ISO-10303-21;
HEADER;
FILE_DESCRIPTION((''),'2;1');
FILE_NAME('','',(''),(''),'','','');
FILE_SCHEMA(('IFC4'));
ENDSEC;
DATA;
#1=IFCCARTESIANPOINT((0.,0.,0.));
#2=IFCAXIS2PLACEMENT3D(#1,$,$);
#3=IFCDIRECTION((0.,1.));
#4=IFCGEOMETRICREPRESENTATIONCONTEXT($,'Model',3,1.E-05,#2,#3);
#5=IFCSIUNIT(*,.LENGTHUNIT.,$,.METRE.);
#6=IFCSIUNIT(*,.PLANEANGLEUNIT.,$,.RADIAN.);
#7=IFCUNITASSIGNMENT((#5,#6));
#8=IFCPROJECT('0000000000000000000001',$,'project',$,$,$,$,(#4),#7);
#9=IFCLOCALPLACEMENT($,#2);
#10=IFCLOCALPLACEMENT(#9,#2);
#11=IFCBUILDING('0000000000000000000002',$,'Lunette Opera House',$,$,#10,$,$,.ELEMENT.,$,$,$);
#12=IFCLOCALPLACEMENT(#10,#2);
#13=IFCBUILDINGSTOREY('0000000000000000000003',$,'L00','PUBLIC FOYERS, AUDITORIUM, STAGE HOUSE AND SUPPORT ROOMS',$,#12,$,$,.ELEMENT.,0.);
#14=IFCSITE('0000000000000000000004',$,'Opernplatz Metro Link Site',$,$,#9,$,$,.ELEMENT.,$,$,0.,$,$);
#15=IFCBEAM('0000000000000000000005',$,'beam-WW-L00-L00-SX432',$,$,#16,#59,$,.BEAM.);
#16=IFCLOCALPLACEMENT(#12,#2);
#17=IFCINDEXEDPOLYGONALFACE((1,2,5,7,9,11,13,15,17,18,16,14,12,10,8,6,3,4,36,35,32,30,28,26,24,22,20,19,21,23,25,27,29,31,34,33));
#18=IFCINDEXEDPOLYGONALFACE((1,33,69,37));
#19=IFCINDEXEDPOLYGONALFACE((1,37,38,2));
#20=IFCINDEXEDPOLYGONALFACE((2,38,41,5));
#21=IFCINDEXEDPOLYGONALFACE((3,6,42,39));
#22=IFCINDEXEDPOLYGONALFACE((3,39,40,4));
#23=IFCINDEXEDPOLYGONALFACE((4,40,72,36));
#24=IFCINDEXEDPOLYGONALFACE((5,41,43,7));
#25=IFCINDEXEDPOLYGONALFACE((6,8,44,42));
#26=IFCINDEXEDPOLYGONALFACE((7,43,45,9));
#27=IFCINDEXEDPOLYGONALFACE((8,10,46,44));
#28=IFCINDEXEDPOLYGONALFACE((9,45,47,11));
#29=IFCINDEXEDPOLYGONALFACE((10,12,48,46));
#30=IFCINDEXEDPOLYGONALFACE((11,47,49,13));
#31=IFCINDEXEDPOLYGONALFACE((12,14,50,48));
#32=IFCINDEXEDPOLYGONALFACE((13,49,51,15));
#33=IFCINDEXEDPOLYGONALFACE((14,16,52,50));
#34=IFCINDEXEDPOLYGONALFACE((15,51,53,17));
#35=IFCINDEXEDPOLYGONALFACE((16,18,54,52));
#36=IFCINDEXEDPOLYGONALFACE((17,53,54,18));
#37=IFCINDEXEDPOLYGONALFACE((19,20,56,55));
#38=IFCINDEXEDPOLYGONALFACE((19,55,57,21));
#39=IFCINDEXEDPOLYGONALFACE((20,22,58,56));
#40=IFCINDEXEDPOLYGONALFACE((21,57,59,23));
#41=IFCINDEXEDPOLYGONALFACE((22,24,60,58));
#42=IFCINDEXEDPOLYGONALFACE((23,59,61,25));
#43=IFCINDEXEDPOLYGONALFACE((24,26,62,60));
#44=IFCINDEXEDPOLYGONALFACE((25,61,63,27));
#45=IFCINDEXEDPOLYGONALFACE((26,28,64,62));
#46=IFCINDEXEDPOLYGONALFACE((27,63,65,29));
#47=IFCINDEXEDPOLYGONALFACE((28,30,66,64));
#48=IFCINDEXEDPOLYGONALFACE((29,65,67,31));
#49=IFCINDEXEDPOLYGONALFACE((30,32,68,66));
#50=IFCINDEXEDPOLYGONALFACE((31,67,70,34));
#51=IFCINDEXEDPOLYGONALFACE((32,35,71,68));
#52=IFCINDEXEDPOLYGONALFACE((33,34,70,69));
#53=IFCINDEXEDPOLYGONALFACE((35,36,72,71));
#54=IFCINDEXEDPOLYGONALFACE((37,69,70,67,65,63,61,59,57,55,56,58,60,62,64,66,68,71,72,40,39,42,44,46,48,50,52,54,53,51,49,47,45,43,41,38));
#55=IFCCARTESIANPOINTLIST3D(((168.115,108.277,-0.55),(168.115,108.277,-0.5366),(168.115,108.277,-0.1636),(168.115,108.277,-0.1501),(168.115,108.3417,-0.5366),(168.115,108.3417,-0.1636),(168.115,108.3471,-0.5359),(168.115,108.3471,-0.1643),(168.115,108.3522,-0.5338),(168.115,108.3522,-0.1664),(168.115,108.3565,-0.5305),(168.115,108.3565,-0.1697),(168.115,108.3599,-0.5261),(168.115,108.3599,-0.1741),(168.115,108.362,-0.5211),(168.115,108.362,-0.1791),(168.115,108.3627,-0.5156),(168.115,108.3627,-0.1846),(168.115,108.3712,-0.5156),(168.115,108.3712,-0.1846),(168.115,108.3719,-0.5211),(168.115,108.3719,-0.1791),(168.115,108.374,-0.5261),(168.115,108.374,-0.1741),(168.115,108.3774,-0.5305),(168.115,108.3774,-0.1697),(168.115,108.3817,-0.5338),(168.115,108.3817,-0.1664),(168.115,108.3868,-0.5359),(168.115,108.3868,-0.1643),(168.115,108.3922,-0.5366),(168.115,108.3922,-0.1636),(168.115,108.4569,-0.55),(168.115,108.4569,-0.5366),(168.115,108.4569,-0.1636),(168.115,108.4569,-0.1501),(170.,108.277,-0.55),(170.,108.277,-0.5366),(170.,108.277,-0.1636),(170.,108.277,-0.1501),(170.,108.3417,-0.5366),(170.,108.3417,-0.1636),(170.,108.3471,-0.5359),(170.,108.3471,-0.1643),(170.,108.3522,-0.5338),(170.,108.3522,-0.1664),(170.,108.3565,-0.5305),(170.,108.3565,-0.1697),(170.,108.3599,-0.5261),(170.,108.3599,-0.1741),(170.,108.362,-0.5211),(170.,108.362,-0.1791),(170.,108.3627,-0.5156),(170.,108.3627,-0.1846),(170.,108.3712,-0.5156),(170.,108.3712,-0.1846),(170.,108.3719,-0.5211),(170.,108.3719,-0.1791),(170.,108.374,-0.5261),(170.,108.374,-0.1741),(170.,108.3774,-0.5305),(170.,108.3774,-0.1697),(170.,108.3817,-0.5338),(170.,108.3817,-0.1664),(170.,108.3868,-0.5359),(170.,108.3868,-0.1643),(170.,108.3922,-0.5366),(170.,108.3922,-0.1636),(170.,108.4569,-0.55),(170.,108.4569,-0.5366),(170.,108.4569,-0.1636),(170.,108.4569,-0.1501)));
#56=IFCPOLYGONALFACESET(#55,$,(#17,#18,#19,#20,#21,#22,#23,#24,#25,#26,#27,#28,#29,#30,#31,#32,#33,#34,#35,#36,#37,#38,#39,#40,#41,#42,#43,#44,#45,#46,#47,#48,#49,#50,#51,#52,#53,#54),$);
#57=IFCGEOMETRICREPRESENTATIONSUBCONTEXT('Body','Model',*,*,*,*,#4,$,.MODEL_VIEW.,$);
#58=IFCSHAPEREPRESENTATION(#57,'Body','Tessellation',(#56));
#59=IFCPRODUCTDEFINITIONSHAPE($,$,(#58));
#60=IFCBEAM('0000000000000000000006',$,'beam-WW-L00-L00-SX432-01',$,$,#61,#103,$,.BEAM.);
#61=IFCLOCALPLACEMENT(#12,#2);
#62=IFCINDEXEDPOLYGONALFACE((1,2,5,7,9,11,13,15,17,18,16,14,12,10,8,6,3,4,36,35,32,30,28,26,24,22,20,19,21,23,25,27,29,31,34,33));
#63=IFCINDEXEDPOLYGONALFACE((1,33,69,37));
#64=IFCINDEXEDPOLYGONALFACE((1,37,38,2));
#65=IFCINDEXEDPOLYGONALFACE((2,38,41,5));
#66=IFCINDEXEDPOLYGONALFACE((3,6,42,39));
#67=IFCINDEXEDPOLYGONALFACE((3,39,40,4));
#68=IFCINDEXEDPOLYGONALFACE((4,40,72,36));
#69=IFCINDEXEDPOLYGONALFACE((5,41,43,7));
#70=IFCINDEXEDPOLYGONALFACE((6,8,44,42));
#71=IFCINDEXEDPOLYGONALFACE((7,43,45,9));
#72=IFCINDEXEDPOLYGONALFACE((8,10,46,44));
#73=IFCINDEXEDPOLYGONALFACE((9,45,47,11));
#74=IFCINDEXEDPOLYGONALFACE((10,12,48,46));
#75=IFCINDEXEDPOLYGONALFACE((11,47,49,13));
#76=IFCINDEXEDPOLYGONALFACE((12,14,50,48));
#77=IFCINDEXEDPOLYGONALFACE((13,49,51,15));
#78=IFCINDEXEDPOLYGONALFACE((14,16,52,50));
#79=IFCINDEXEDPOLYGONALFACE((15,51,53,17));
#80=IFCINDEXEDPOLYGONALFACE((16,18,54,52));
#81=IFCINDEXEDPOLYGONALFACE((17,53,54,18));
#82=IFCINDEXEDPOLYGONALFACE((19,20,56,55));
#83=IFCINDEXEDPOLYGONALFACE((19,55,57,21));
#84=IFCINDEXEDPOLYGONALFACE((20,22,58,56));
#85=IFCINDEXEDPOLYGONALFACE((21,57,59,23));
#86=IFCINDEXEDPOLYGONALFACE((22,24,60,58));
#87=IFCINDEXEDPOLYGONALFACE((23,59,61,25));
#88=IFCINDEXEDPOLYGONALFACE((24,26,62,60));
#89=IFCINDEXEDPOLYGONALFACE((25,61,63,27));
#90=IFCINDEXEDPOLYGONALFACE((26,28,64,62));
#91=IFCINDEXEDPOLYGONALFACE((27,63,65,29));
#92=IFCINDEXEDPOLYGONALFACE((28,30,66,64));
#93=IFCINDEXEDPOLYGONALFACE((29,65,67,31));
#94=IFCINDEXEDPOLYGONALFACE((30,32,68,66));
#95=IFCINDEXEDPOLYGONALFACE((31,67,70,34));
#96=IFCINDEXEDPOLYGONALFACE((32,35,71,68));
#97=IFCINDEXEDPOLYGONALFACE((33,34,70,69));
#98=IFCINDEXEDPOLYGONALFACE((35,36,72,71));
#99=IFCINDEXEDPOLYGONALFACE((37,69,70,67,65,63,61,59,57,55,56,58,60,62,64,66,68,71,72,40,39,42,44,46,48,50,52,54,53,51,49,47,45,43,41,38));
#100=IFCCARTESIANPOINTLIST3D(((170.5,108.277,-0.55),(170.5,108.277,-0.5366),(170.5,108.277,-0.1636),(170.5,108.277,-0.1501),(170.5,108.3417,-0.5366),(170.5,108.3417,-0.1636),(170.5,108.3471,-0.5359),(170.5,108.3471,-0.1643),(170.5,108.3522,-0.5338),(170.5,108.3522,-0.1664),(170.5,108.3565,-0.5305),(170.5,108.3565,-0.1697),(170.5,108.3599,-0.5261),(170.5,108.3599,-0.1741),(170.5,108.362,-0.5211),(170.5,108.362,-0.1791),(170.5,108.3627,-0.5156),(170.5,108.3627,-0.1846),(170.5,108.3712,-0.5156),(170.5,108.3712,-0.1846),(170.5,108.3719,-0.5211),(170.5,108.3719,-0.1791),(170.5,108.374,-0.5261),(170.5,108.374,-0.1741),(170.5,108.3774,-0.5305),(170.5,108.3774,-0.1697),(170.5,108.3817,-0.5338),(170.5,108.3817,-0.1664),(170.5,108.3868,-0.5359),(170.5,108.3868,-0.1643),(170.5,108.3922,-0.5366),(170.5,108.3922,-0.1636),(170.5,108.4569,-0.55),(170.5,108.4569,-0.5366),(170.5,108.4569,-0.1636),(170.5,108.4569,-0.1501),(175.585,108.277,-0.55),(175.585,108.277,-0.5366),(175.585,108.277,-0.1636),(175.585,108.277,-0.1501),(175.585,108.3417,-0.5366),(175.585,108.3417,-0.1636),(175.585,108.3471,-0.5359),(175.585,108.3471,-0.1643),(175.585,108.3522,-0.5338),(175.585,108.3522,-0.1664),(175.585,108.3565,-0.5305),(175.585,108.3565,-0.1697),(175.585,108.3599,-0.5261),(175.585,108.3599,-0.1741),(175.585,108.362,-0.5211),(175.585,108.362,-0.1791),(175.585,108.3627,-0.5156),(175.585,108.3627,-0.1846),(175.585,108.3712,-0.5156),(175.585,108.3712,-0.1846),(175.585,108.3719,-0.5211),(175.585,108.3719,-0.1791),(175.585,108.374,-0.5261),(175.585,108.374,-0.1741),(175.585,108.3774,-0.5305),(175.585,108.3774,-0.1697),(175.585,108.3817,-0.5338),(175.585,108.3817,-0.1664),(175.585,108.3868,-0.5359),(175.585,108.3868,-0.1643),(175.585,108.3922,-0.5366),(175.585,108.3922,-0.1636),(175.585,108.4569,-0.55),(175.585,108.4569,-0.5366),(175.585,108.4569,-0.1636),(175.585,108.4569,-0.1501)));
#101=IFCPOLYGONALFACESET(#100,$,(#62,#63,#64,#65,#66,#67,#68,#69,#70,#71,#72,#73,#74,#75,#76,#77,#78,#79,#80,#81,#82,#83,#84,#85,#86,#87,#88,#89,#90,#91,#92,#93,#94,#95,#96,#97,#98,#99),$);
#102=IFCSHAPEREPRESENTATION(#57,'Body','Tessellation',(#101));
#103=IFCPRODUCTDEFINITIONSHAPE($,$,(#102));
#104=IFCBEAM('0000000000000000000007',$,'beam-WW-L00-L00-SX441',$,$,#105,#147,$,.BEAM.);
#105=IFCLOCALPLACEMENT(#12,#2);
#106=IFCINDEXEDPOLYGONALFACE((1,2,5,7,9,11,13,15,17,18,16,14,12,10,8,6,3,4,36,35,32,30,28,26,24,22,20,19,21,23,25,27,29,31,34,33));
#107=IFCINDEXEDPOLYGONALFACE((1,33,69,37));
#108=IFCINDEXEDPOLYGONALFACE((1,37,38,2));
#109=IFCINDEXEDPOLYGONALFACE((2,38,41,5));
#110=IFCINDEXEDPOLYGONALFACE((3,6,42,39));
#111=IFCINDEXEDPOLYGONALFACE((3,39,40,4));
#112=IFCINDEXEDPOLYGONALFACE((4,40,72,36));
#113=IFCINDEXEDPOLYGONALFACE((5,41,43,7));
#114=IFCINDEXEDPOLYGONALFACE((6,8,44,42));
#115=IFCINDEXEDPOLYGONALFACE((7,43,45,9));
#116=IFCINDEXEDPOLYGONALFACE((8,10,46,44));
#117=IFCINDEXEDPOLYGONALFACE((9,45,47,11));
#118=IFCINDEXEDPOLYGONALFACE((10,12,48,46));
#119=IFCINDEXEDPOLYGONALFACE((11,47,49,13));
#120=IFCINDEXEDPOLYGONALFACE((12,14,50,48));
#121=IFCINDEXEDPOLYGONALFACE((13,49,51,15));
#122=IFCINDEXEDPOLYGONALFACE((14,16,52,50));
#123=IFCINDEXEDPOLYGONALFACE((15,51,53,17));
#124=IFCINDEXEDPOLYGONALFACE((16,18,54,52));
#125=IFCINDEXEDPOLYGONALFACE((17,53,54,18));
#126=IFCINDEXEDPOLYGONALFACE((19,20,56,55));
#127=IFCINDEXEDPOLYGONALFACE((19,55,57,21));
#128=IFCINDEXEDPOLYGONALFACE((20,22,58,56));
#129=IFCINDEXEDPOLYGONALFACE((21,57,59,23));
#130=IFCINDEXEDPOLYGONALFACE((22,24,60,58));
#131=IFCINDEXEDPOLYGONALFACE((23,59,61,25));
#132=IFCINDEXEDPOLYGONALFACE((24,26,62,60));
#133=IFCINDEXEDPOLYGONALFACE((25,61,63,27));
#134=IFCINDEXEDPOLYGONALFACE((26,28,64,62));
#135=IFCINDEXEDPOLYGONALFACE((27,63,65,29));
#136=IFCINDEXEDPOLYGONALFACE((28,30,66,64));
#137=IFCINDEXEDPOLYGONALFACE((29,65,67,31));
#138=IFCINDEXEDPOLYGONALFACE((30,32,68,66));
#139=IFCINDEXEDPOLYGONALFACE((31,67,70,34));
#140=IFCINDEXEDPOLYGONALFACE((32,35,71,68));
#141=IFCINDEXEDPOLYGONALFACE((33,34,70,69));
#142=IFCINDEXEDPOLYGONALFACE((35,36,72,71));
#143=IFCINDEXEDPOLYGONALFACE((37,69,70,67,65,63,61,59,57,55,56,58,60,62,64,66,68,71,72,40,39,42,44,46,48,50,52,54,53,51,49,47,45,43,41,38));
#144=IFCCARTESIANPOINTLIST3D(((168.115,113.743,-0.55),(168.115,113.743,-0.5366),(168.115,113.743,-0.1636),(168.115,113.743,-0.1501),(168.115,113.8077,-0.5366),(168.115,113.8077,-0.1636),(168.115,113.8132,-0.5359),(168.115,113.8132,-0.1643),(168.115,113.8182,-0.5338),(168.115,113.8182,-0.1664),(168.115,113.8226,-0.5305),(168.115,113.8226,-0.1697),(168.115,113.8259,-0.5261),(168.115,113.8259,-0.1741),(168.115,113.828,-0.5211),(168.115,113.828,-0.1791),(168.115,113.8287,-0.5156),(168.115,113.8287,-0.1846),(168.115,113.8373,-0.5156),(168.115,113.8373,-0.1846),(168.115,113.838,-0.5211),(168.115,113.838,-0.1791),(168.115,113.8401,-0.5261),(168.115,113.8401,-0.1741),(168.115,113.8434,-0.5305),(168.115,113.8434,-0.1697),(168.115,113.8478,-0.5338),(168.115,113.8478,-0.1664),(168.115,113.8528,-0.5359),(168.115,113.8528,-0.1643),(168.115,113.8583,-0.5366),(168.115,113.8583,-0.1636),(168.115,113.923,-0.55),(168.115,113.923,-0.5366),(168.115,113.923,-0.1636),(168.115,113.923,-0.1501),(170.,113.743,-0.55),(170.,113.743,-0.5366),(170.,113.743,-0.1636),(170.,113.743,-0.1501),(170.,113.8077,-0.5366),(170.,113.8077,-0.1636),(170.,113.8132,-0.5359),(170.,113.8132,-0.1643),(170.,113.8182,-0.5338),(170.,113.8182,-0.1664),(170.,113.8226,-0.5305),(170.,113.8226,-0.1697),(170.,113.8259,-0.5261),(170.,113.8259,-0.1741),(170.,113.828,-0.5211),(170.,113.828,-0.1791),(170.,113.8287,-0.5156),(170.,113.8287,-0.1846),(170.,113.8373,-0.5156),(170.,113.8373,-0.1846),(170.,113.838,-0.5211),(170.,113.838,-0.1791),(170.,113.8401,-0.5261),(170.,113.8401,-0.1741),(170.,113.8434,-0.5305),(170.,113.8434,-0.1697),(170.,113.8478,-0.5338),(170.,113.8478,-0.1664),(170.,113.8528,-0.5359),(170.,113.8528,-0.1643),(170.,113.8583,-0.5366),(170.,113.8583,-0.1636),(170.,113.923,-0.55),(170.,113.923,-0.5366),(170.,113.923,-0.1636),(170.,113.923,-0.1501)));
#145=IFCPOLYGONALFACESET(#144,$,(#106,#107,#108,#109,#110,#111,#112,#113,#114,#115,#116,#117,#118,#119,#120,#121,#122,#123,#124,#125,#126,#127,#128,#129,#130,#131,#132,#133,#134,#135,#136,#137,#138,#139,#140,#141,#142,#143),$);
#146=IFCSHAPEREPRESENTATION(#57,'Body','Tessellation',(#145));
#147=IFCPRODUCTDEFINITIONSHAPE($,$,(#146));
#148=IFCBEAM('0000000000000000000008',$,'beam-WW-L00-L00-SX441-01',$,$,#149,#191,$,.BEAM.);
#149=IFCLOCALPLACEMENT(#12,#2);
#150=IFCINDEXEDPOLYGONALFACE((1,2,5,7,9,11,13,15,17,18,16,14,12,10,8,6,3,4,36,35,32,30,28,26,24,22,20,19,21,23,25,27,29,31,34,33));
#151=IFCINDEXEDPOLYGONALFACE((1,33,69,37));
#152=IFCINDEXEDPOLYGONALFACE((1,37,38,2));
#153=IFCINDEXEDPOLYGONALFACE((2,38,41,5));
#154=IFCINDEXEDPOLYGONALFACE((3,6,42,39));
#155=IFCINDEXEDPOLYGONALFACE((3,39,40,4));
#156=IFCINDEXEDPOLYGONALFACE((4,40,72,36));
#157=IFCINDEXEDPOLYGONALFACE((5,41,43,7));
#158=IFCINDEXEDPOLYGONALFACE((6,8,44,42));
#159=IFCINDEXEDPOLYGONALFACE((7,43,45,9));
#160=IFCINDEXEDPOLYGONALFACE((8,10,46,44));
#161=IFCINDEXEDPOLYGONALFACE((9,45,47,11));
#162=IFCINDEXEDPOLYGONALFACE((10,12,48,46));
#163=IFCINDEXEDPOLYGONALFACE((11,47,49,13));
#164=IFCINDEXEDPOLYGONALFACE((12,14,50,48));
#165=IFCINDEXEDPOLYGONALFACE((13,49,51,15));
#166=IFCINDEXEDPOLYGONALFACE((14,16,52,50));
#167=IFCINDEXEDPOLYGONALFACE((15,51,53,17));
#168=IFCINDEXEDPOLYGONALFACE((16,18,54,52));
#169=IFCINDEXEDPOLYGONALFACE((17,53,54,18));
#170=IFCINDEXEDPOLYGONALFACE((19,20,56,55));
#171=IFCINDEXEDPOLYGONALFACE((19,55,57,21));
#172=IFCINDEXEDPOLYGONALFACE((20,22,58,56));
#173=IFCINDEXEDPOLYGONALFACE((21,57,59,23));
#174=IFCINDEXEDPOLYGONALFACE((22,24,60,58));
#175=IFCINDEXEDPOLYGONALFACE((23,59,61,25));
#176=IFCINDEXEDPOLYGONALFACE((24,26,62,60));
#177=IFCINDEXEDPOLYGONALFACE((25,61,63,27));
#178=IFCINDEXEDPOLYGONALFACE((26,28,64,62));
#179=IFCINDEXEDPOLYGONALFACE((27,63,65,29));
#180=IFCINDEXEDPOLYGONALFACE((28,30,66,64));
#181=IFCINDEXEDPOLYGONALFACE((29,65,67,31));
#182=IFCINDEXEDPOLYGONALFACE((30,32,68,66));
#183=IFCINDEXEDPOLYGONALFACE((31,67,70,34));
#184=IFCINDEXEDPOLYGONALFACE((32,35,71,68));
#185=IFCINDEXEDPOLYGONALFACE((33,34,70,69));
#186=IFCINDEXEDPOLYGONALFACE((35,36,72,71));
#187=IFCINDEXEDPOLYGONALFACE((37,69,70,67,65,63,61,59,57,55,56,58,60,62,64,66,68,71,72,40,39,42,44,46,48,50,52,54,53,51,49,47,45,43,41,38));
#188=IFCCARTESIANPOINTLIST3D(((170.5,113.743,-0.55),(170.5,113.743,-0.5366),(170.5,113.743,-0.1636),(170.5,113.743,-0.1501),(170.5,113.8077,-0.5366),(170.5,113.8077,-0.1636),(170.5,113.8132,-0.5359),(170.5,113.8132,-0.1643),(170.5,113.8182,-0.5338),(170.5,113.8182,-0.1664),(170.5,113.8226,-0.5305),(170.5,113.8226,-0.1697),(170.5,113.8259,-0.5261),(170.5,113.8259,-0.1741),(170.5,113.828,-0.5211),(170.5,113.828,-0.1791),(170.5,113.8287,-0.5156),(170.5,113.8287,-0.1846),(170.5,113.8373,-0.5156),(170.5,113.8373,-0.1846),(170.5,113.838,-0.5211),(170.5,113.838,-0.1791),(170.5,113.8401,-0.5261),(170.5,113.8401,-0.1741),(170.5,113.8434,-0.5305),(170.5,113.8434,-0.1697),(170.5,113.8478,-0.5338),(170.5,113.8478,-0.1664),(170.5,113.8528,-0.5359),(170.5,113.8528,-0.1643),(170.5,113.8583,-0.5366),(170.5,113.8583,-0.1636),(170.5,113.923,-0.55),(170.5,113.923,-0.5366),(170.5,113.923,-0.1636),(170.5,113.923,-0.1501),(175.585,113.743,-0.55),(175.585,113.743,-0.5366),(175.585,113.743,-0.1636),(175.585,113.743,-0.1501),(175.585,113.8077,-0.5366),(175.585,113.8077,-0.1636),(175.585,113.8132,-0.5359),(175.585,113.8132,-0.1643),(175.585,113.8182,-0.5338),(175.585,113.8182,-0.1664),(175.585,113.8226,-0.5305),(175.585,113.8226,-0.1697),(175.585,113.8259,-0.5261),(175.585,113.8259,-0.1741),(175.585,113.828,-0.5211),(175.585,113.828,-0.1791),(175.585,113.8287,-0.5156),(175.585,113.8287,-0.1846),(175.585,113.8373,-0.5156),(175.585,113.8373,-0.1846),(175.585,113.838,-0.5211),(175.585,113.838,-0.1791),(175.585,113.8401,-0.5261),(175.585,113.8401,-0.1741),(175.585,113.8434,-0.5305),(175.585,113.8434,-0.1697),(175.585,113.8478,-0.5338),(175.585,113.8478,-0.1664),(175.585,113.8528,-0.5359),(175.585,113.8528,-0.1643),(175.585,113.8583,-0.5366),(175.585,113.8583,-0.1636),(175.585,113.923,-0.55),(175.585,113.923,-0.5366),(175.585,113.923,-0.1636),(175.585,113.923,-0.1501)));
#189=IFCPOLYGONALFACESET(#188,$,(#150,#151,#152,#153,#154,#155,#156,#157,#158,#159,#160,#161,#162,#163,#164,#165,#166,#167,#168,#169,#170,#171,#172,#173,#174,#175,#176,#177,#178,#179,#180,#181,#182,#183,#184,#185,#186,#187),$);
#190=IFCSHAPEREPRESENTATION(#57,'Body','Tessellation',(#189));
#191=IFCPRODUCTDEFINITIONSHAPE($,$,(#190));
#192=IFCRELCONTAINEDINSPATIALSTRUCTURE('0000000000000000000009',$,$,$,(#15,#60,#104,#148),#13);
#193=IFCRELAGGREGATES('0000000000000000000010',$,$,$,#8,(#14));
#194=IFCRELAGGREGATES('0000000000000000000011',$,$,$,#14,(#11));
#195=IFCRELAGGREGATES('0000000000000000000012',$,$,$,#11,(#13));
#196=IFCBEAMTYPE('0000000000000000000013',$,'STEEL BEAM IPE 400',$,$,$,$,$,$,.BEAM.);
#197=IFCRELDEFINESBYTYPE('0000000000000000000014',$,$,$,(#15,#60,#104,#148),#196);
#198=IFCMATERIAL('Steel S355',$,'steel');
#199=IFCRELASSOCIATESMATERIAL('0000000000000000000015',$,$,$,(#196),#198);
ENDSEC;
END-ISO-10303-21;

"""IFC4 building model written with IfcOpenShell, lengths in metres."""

from ifc_helpers import new_model, si_unit, direction, frame, origin, origin_2d, place, context, subcontext, project, spatial, i_section, extrude, material, material_profile, profile_set, type_object, element, save


model = new_model("IFC4")

# Units and contexts
model_context = context("Model", 3, precision=1e-05, world=origin(), true_north=direction((0.0, 1.0)))
body_context = subcontext(model_context, "Body", "Model", "MODEL_VIEW")
ifc_project = project(units=[si_unit("LENGTHUNIT", "METRE"), si_unit("PLANEANGLEUNIT", "RADIAN")], contexts=[model_context])

# Site, building, storey
site_placement = place(None, origin())
site = spatial("IfcSite", under=ifc_project, at=site_placement, Name="Opernplatz Metro Link Site", CompositionType="ELEMENT", RefElevation=0.0)
building_placement = place(site_placement, origin())
building = spatial("IfcBuilding", under=site, at=building_placement, Name="Lunette Opera House", CompositionType="ELEMENT")
storey_placement = place(building_placement, origin())
storey = spatial("IfcBuildingStorey", under=building, at=storey_placement, Name="L00", Description="PUBLIC FOYERS, AUDITORIUM, STAGE HOUSE AND SUPPORT ROOMS", CompositionType="ELEMENT", Elevation=0.0)

# Beams
ifc_material_1 = material(Name="Steel S355", Category="steel")
ifc_material_profile_1 = material_profile(ifc_material_1, i_section(OverallWidth=0.1799, OverallDepth=0.3999, WebThickness=0.0085, FlangeThickness=0.0134, FilletRadius=0.021, at=origin_2d()), Name="IPE 400")
ifc_profile_set_1 = profile_set([ifc_material_profile_1], Name="Steel S355")
beam_type_1 = type_object("IfcBeamType", Name="STEEL BEAM IPE 400", PredefinedType="BEAM", material=ifc_profile_set_1)
beam_1_placement = place(storey_placement, frame((168.115, 108.3669, -0.3501), z_axis=(1.0, 0.0, 0.0), x_axis=(0.0, 1.0, 0.0)))
element("IfcBeam", 1, at=beam_1_placement, inside=storey, type_object=beam_type_1, Name="beam-WW-L00-L00-SX432", PredefinedType="BEAM", context=body_context, shape_type="SweptSolid", body=[
    extrude(i_section(OverallWidth=0.1799, OverallDepth=0.3999, WebThickness=0.0085, FlangeThickness=0.0134, FilletRadius=0.021, at=origin_2d()), origin(), (0.0, 0.0, 1.0), 1.885),
])
beam_2_placement = place(storey_placement, frame((170.5, 108.3669, -0.3501), z_axis=(1.0, 0.0, 0.0), x_axis=(0.0, 1.0, 0.0)))
element("IfcBeam", 2, at=beam_2_placement, inside=storey, type_object=beam_type_1, Name="beam-WW-L00-L00-SX432-01", PredefinedType="BEAM", context=body_context, shape_type="SweptSolid", body=[
    extrude(i_section(OverallWidth=0.1799, OverallDepth=0.3999, WebThickness=0.0085, FlangeThickness=0.0134, FilletRadius=0.021, at=origin_2d()), origin(), (0.0, 0.0, 1.0), 5.085),
])
beam_3_placement = place(storey_placement, frame((168.115, 113.833, -0.3501), z_axis=(1.0, 0.0, 0.0), x_axis=(0.0, 1.0, 0.0)))
element("IfcBeam", 3, at=beam_3_placement, inside=storey, type_object=beam_type_1, Name="beam-WW-L00-L00-SX441", PredefinedType="BEAM", context=body_context, shape_type="SweptSolid", body=[
    extrude(i_section(OverallWidth=0.1799, OverallDepth=0.3999, WebThickness=0.0085, FlangeThickness=0.0134, FilletRadius=0.021, at=origin_2d()), origin(), (0.0, 0.0, 1.0), 1.885),
])
beam_4_placement = place(storey_placement, frame((170.5, 113.833, -0.3501), z_axis=(1.0, 0.0, 0.0), x_axis=(0.0, 1.0, 0.0)))
element("IfcBeam", 4, at=beam_4_placement, inside=storey, type_object=beam_type_1, Name="beam-WW-L00-L00-SX441-01", PredefinedType="BEAM", context=body_context, shape_type="SweptSolid", body=[
    extrude(i_section(OverallWidth=0.1799, OverallDepth=0.3999, WebThickness=0.0085, FlangeThickness=0.0134, FilletRadius=0.021, at=origin_2d()), origin(), (0.0, 0.0, 1.0), 5.085),
])

save(model, "model.ifc")
